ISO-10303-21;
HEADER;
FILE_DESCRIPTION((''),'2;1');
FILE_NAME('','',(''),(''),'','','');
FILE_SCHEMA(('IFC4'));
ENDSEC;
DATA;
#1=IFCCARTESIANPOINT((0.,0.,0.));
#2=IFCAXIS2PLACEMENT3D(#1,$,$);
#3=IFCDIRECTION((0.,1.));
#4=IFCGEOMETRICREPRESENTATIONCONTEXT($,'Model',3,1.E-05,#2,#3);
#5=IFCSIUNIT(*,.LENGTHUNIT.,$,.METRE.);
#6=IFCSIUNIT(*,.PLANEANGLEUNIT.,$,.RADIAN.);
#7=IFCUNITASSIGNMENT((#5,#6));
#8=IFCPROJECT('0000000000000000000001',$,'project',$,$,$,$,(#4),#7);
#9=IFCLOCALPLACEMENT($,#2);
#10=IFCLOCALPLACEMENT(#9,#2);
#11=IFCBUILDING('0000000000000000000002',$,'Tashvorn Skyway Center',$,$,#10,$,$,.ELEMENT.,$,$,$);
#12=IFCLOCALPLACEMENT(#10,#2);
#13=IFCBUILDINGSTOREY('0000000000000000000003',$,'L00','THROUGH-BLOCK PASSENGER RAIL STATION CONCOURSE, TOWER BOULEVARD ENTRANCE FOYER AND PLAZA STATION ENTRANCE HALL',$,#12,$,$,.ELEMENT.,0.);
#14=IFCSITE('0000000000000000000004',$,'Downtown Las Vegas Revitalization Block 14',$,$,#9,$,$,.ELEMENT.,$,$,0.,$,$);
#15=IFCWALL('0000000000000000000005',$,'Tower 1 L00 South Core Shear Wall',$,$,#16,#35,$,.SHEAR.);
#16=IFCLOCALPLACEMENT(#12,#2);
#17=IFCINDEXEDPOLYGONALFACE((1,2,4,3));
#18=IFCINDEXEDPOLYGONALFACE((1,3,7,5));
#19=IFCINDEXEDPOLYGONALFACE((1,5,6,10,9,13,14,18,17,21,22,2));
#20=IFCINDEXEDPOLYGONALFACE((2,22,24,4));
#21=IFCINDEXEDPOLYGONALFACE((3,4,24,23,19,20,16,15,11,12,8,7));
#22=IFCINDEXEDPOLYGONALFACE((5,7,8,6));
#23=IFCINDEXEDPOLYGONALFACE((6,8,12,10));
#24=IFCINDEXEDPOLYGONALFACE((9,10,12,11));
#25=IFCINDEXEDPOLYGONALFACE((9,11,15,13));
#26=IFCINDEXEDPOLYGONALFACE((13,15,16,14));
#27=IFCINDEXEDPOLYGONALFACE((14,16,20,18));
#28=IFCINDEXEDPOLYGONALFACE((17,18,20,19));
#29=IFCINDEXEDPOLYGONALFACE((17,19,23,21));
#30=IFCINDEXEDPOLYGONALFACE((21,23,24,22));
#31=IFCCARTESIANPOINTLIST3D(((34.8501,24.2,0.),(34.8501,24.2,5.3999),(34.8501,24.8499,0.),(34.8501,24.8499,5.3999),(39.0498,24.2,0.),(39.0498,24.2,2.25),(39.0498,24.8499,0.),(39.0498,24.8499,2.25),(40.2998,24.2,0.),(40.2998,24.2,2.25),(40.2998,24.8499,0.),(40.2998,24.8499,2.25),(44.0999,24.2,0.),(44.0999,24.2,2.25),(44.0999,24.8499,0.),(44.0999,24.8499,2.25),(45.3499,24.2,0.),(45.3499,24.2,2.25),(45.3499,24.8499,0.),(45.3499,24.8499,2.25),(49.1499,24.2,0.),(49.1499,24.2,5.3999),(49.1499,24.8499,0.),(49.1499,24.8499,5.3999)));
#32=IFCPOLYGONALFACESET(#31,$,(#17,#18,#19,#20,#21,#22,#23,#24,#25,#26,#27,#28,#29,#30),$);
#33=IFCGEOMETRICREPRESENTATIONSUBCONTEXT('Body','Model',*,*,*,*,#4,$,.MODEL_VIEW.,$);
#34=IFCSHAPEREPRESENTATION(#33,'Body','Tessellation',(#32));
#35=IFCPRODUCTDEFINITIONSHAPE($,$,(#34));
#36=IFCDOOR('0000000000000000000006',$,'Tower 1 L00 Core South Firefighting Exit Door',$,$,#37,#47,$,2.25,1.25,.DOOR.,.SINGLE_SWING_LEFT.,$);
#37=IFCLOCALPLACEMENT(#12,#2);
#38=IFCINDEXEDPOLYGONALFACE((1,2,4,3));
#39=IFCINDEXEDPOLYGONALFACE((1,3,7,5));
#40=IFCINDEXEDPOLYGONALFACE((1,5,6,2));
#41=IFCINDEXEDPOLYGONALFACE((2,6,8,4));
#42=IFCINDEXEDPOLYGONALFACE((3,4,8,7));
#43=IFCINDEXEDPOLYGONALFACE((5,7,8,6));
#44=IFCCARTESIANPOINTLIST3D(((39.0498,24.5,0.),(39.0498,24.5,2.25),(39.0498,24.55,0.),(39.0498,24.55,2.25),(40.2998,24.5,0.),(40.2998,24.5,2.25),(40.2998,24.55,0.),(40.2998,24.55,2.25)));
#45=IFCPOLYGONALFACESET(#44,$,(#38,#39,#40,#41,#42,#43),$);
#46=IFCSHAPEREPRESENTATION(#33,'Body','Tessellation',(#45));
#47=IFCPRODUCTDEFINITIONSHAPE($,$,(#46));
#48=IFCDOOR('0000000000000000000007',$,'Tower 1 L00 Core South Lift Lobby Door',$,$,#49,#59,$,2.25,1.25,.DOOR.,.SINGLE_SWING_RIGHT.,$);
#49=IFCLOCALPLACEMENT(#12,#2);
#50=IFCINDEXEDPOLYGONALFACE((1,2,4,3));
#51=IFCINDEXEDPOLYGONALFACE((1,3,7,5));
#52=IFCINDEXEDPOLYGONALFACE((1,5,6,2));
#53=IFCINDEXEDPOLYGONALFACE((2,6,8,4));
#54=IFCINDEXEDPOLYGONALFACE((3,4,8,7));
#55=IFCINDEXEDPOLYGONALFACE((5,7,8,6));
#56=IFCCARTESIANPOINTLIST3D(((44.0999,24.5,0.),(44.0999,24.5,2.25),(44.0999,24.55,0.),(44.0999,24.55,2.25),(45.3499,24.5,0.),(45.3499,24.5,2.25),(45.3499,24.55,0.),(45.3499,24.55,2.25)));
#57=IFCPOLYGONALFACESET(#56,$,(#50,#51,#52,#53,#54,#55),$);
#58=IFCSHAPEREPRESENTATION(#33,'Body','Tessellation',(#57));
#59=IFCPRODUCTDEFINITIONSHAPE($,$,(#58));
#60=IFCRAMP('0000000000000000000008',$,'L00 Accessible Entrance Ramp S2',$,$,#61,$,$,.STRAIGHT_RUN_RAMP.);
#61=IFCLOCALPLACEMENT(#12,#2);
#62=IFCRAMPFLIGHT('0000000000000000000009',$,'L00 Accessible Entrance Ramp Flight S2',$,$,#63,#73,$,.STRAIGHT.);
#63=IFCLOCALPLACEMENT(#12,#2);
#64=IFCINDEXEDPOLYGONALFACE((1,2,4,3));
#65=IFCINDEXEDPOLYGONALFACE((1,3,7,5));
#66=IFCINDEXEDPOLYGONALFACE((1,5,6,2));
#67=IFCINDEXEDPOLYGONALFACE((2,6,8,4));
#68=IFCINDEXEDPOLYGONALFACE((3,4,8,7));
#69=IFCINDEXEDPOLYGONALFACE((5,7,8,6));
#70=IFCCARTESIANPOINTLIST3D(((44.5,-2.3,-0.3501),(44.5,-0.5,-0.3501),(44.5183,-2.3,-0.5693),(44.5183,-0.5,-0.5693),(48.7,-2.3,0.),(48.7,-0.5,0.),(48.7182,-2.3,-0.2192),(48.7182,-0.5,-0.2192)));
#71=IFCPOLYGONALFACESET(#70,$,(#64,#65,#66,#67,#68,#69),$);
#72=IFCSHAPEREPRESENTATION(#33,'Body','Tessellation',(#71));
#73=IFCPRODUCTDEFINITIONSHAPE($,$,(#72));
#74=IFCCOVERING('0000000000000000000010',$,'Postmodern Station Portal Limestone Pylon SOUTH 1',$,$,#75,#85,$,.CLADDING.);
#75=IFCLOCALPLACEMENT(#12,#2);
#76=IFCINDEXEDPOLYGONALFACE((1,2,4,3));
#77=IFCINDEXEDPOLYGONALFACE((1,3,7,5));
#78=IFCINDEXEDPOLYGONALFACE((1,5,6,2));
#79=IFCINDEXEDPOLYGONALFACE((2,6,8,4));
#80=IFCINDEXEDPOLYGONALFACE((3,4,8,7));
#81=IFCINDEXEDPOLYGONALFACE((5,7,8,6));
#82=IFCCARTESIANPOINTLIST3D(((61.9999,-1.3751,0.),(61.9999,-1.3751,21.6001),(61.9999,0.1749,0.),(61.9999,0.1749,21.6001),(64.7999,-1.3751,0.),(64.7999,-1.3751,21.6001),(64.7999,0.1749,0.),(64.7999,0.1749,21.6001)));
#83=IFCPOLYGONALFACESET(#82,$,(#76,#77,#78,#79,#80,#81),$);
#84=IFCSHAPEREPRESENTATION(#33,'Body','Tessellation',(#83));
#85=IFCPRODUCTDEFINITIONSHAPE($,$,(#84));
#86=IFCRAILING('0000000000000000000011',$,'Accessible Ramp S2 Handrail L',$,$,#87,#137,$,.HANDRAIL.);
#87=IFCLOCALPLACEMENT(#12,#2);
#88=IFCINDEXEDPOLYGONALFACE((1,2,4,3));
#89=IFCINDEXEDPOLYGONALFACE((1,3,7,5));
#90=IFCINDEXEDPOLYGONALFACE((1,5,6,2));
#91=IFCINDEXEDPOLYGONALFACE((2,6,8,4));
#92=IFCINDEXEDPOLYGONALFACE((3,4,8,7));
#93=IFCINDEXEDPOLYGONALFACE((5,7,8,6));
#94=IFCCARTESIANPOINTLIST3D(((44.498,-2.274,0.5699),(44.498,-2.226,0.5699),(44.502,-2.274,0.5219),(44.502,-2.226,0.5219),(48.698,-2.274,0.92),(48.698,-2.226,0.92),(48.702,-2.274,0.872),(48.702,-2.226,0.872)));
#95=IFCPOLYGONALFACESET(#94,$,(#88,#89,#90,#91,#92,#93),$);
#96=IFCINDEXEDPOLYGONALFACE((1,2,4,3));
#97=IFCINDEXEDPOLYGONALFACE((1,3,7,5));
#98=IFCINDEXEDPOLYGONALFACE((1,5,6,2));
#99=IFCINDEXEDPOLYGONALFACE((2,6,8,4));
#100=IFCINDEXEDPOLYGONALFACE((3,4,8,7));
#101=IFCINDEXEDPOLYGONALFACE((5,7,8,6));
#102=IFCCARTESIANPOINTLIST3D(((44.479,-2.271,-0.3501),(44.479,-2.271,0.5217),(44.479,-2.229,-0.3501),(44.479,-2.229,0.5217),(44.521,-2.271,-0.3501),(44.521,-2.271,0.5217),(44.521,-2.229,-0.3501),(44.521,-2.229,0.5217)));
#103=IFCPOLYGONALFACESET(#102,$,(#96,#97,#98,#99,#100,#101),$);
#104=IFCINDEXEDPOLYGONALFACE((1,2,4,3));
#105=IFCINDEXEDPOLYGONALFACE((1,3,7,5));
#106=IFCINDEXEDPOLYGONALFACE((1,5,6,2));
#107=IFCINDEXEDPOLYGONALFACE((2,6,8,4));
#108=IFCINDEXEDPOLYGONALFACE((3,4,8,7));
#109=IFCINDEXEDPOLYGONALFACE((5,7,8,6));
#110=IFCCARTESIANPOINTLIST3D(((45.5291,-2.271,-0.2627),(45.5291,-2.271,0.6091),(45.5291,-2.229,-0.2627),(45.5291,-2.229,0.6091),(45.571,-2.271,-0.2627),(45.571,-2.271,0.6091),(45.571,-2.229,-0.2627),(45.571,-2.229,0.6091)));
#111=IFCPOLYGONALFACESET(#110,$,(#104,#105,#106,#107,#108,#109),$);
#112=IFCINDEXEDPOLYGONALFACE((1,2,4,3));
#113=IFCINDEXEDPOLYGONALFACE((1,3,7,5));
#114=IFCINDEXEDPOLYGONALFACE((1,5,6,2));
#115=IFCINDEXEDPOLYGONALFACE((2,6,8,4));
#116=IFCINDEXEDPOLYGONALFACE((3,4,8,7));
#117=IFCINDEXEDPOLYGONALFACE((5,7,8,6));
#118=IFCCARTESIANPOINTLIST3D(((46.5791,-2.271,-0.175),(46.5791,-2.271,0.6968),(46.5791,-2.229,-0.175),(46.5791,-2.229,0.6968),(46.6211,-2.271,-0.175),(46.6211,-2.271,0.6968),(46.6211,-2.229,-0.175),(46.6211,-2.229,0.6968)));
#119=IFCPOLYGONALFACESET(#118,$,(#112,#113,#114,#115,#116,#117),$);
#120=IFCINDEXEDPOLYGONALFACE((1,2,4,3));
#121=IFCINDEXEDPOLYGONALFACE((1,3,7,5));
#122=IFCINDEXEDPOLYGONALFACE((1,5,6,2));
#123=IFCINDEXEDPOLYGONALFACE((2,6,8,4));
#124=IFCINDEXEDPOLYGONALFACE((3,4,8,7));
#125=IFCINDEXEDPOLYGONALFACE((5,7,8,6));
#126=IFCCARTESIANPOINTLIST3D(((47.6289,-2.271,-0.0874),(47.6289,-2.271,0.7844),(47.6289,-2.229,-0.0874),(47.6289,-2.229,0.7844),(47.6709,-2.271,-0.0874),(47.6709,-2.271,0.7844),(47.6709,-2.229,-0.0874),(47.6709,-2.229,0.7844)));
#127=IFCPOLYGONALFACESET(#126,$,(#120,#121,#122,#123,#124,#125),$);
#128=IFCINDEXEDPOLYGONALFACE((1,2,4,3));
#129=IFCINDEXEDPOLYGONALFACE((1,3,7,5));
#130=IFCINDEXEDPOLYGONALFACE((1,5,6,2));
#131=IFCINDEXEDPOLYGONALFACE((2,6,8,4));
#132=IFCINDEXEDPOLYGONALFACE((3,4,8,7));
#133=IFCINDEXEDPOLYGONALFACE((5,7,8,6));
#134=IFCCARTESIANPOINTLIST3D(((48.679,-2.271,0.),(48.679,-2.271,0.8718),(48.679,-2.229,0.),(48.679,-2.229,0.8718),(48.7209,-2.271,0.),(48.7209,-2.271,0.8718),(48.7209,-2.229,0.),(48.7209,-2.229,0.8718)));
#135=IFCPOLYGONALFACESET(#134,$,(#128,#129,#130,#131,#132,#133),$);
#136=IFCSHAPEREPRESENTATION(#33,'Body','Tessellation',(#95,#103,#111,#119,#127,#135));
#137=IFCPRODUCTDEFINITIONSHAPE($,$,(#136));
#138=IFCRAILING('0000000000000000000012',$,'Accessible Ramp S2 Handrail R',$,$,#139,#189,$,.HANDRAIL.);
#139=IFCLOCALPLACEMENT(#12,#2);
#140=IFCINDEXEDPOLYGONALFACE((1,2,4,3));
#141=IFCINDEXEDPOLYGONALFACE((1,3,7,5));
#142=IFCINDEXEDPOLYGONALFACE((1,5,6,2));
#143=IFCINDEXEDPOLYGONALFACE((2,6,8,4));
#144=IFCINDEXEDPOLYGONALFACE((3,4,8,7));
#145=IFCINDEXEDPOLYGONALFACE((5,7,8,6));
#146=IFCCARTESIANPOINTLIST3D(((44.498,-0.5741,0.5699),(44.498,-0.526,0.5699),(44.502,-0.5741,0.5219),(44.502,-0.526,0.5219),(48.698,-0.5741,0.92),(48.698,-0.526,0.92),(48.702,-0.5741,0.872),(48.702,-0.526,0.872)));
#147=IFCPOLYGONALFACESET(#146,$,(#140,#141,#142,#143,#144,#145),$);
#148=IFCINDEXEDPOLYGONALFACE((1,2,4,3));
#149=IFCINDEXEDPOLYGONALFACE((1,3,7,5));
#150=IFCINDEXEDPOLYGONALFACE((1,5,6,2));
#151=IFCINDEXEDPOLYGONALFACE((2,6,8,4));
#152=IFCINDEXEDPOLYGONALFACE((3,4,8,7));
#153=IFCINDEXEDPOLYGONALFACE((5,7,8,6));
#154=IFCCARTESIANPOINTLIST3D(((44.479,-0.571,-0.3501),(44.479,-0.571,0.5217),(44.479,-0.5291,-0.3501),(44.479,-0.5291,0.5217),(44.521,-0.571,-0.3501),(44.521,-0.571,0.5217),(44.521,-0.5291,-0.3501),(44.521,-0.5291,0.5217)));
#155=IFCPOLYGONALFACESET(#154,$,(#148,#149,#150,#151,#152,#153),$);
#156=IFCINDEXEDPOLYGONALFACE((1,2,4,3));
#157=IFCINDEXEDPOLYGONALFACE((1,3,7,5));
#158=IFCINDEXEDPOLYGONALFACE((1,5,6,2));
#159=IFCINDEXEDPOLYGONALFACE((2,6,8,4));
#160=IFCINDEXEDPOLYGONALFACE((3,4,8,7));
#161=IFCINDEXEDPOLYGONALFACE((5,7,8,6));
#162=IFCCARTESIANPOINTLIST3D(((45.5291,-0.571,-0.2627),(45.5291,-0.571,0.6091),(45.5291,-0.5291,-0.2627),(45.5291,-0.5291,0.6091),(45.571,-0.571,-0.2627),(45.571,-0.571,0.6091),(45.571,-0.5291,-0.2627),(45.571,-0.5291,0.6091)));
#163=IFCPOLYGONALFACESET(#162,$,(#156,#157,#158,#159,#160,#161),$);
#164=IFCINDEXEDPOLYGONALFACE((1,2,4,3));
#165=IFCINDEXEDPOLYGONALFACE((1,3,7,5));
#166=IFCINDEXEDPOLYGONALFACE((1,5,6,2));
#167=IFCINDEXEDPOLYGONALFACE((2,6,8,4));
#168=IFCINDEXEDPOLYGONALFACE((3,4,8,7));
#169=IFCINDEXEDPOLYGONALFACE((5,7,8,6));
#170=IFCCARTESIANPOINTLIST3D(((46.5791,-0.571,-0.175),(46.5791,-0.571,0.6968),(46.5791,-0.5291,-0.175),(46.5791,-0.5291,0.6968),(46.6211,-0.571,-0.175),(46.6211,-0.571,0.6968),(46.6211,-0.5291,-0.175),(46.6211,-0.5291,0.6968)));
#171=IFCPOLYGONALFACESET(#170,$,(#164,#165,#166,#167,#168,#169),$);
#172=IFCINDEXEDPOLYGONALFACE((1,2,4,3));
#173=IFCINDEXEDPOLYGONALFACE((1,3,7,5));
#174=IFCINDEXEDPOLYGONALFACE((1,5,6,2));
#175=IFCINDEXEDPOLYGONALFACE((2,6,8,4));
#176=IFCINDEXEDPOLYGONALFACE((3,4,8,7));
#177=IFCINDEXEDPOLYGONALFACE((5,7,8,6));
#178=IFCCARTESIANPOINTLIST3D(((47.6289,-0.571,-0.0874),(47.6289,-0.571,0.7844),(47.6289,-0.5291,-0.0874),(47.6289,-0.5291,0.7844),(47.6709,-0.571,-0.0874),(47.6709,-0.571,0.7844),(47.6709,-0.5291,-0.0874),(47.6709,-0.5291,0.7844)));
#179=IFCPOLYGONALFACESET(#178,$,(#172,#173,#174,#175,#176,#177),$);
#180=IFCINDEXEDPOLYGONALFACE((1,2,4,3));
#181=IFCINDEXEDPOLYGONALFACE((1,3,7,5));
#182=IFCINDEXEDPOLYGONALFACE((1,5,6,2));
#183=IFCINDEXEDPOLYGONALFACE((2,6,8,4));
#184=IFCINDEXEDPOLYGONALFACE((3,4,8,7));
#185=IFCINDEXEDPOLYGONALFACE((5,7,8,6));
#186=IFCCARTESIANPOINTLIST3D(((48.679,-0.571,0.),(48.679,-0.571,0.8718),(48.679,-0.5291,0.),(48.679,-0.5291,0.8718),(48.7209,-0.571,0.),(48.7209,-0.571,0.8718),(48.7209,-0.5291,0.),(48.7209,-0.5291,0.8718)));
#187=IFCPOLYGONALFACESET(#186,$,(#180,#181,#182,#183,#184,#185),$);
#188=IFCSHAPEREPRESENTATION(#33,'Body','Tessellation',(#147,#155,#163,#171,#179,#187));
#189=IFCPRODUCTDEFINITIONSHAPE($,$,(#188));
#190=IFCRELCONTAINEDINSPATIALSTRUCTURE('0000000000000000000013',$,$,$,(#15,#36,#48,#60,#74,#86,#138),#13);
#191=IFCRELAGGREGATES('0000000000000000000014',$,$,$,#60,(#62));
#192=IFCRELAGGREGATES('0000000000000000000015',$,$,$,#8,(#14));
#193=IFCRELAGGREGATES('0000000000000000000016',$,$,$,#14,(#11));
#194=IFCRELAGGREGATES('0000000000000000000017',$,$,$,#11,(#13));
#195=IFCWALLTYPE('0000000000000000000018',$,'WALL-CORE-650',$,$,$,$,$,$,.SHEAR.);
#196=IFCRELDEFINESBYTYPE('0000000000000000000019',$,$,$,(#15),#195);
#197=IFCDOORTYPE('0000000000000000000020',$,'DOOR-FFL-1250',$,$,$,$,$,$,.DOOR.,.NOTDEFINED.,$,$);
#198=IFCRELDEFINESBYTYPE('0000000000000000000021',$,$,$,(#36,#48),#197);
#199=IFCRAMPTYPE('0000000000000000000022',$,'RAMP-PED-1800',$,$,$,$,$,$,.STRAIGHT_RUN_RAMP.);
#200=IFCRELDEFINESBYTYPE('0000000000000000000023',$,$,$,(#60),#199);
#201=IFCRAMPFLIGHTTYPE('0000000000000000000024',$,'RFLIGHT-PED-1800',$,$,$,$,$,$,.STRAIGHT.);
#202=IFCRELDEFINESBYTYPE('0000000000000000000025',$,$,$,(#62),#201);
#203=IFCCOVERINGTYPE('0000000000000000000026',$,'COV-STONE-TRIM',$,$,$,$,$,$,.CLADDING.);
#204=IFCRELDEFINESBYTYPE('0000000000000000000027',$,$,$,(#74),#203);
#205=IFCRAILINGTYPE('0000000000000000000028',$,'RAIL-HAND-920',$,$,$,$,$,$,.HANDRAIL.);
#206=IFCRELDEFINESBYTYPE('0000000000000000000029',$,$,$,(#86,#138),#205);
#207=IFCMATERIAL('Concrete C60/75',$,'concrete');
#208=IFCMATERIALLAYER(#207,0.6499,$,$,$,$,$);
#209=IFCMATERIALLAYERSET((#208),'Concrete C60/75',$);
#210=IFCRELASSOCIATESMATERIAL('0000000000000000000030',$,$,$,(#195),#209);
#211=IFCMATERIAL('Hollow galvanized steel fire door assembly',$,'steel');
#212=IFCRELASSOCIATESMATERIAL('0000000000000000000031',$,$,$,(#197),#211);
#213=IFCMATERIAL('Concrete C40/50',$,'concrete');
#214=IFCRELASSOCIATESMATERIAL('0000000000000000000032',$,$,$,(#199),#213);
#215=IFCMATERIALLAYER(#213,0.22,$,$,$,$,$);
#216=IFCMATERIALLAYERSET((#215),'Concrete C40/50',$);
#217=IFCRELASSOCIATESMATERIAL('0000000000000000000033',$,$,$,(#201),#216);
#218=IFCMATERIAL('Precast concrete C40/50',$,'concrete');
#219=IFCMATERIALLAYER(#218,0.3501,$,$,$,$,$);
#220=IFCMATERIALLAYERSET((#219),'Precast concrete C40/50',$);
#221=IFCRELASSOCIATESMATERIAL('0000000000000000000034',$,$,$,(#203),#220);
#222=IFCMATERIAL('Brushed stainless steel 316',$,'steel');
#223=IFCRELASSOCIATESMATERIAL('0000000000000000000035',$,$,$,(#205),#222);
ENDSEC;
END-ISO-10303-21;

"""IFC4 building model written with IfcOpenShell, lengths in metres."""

from ifc_helpers import new_model, si_unit, direction, frame, frame_2d, origin, origin_2d, place, context, subcontext, project, spatial, polyline, rectangle, outline, extrude, material, layer, layer_set, type_object, element, fill, aggregate, save


model = new_model("IFC4")

# Units and contexts
model_context = context("Model", 3, precision=1e-05, world=origin(), true_north=direction((0.0, 1.0)))
body_context = subcontext(model_context, "Body", "Model", "MODEL_VIEW")
ifc_project = project(units=[si_unit("LENGTHUNIT", "METRE"), si_unit("PLANEANGLEUNIT", "RADIAN")], contexts=[model_context])

# Site, building, storey
site_placement = place(None, origin())
site = spatial("IfcSite", under=ifc_project, at=site_placement, Name="Downtown Las Vegas Revitalization Block 14", CompositionType="ELEMENT", RefElevation=0.0)
building_placement = place(site_placement, origin())
building = spatial("IfcBuilding", under=site, at=building_placement, Name="Tashvorn Skyway Center", CompositionType="ELEMENT")
storey_placement = place(building_placement, origin())
storey = spatial("IfcBuildingStorey", under=building, at=storey_placement, Name="L00", Description="THROUGH-BLOCK PASSENGER RAIL STATION CONCOURSE, TOWER BOULEVARD ENTRANCE FOYER AND PLAZA STATION ENTRANCE HALL", CompositionType="ELEMENT", Elevation=0.0)

# Shared definitions
ifc_material_1 = material(Name="Precast concrete C40/50", Category="concrete")

# Wall, openings, doors
ifc_material_2 = material(Name="Concrete C60/75", Category="concrete")
ifc_layer_1 = layer(ifc_material_2, 0.6499)
ifc_layer_set_1 = layer_set([ifc_layer_1], Name="Concrete C60/75")
wall_type = type_object("IfcWallType", Name="WALL-CORE-650", PredefinedType="SHEAR", material=ifc_layer_set_1)
wall_placement = place(storey_placement, frame((49.1499, 24.5249, 0.0), z_axis=(0.0, 0.0, 1.0), x_axis=(-1.0, 0.0, 0.0)))
wall = element("IfcWall", 1, at=wall_placement, inside=storey, type_object=wall_type, Name="Tower 1 L00 South Core Shear Wall", PredefinedType="SHEAR", context=body_context, shape_type="SweptSolid", body=[
    extrude(rectangle(XDim=14.2998, YDim=0.6499, at=frame_2d((7.1499, 0.0))), origin(), (0.0, 0.0, 1.0), 5.3999),
])
opening_1_placement = place(wall_placement, frame((8.8501, 0.0, 0.0)))
opening_1 = element("IfcOpeningElement", 2, at=opening_1_placement, cuts=wall, PredefinedType="OPENING", context=body_context, shape_type="SweptSolid", body=[
    extrude(rectangle(XDim=1.25, YDim=2.25, at=frame_2d((0.625, 1.125))), frame((0.0, 0.335, 0.0), z_axis=(0.0, -1.0, 0.0), x_axis=(1.0, 0.0, 0.0)), (0.0, 0.0, 1.0), 0.6699),
])
opening_2_placement = place(wall_placement, frame((3.8, 0.0, 0.0)))
opening_2 = element("IfcOpeningElement", 3, at=opening_2_placement, cuts=wall, PredefinedType="OPENING", context=body_context, shape_type="SweptSolid", body=[
    extrude(rectangle(XDim=1.25, YDim=2.25, at=frame_2d((0.625, 1.125))), frame((0.0, 0.335, 0.0), z_axis=(0.0, -1.0, 0.0), x_axis=(1.0, 0.0, 0.0)), (0.0, 0.0, 1.0), 0.6699),
])
ifc_material_3 = material(Name="Hollow galvanized steel fire door assembly", Category="steel")
door_type = type_object("IfcDoorType", Name="DOOR-FFL-1250", OperationType="NOTDEFINED", PredefinedType="DOOR", material=ifc_material_3)
door_1_placement = place(opening_1_placement, origin())
door_1 = element("IfcDoor", 4, at=door_1_placement, inside=storey, type_object=door_type, Name="Tower 1 L00 Core South Firefighting Exit Door", OperationType="SINGLE_SWING_LEFT", OverallHeight=2.25, OverallWidth=1.25, PredefinedType="DOOR", context=body_context, shape_type="SweptSolid", body=[
    extrude(rectangle(XDim=1.25, YDim=2.25, at=frame_2d((0.625, 1.125))), frame((0.0, 0.0249, 0.0), z_axis=(0.0, -1.0, 0.0), x_axis=(1.0, 0.0, 0.0)), (0.0, 0.0, 1.0), 0.05),
])
fill(opening_1, door_1)
door_2_placement = place(opening_2_placement, origin())
door_2 = element("IfcDoor", 5, at=door_2_placement, inside=storey, type_object=door_type, Name="Tower 1 L00 Core South Lift Lobby Door", OperationType="SINGLE_SWING_RIGHT", OverallHeight=2.25, OverallWidth=1.25, PredefinedType="DOOR", context=body_context, shape_type="SweptSolid", body=[
    extrude(rectangle(XDim=1.25, YDim=2.25, at=frame_2d((0.625, 1.125))), frame((0.0, 0.0249, 0.0), z_axis=(0.0, -1.0, 0.0), x_axis=(1.0, 0.0, 0.0)), (0.0, 0.0, 1.0), 0.05),
])
fill(opening_2, door_2)

# Ramp, ramp flight
ifc_material_4 = material(Name="Concrete C40/50", Category="concrete")
ramp_type = type_object("IfcRampType", Name="RAMP-PED-1800", PredefinedType="STRAIGHT_RUN_RAMP", material=ifc_material_4)
ramp_placement = place(storey_placement, origin())
ramp = element("IfcRamp", 6, at=ramp_placement, inside=storey, type_object=ramp_type, Name="L00 Accessible Entrance Ramp S2", PredefinedType="STRAIGHT_RUN_RAMP")
ifc_layer_2 = layer(ifc_material_4, 0.22)
ifc_layer_set_2 = layer_set([ifc_layer_2], Name="Concrete C40/50")
ramp_flight_type = type_object("IfcRampFlightType", Name="RFLIGHT-PED-1800", PredefinedType="STRAIGHT", material=ifc_layer_set_2)
ramp_flight_placement = place(storey_placement, frame((44.5, -2.3, -0.3501), z_axis=(-0.083069, 0.0, 0.996544), x_axis=(0.996544, 0.0, 0.083069)))
ramp_flight = element("IfcRampFlight", 7, at=ramp_flight_placement, type_object=ramp_flight_type, Name="L00 Accessible Entrance Ramp Flight S2", PredefinedType="STRAIGHT", context=body_context, shape_type="SweptSolid", body=[
    extrude(outline(polyline([(0.0, 0.0), (4.2145, 0.0), (4.2145, 1.8), (0.0, 1.8), (0.0, 0.0)])), origin(), (0.0, 0.0, -1.0), 0.22),
])
aggregate(ramp, [ramp_flight])

# Covering
ifc_layer_3 = layer(ifc_material_1, 0.3501)
ifc_layer_set_3 = layer_set([ifc_layer_3], Name="Precast concrete C40/50")
covering_type = type_object("IfcCoveringType", Name="COV-STONE-TRIM", PredefinedType="CLADDING", material=ifc_layer_set_3)
covering_placement = place(storey_placement, frame((63.3999, -0.6001, 0.0), z_axis=(0.0, 0.0, 1.0), x_axis=(1.0, 0.0, 0.0)))
element("IfcCovering", 8, at=covering_placement, inside=storey, type_object=covering_type, Name="Postmodern Station Portal Limestone Pylon SOUTH 1", PredefinedType="CLADDING", context=body_context, shape_type="SweptSolid", body=[
    extrude(rectangle(XDim=2.8, YDim=1.55, at=origin_2d()), origin(), (0.0, 0.0, 1.0), 21.6001),
])

# Railings
ifc_material_5 = material(Name="Brushed stainless steel 316", Category="steel")
railing_type = type_object("IfcRailingType", Name="RAIL-HAND-920", PredefinedType="HANDRAIL", material=ifc_material_5)
for number, where, name in (
    (9, (44.5, -2.25, -0.3501), "Accessible Ramp S2 Handrail L"),
    (10, (44.5, -0.55, -0.3501), "Accessible Ramp S2 Handrail R"),
):
    element("IfcRailing", number, at=place(storey_placement, frame(where)), inside=storey, type_object=railing_type, Name=name, PredefinedType="HANDRAIL", context=body_context, shape_type="SweptSolid", body=[
        extrude(rectangle(XDim=0.0481, YDim=0.0481, at=origin_2d()), frame((0.0, 0.0, 0.896), z_axis=(0.996544, 0.0, 0.083069), x_axis=(0.0, 1.0, 0.0)), (0.0, 0.0, 1.0), 4.2146),
        extrude(rectangle(XDim=0.042, YDim=0.042, at=origin_2d()), origin(), (0.0, 0.0, 1.0), 0.8718),
        extrude(rectangle(XDim=0.042, YDim=0.042, at=origin_2d()), frame((1.05, 0.0, 0.0874)), (0.0, 0.0, 1.0), 0.8718),
        extrude(rectangle(XDim=0.042, YDim=0.042, at=origin_2d()), frame((2.1001, 0.0, 0.175)), (0.0, 0.0, 1.0), 0.8718),
        extrude(rectangle(XDim=0.042, YDim=0.042, at=origin_2d()), frame((3.1499, 0.0, 0.2627)), (0.0, 0.0, 1.0), 0.8718),
        extrude(rectangle(XDim=0.042, YDim=0.042, at=origin_2d()), frame((4.2, 0.0, 0.3501)), (0.0, 0.0, 1.0), 0.8718),
    ])

save(model, "model.ifc")
